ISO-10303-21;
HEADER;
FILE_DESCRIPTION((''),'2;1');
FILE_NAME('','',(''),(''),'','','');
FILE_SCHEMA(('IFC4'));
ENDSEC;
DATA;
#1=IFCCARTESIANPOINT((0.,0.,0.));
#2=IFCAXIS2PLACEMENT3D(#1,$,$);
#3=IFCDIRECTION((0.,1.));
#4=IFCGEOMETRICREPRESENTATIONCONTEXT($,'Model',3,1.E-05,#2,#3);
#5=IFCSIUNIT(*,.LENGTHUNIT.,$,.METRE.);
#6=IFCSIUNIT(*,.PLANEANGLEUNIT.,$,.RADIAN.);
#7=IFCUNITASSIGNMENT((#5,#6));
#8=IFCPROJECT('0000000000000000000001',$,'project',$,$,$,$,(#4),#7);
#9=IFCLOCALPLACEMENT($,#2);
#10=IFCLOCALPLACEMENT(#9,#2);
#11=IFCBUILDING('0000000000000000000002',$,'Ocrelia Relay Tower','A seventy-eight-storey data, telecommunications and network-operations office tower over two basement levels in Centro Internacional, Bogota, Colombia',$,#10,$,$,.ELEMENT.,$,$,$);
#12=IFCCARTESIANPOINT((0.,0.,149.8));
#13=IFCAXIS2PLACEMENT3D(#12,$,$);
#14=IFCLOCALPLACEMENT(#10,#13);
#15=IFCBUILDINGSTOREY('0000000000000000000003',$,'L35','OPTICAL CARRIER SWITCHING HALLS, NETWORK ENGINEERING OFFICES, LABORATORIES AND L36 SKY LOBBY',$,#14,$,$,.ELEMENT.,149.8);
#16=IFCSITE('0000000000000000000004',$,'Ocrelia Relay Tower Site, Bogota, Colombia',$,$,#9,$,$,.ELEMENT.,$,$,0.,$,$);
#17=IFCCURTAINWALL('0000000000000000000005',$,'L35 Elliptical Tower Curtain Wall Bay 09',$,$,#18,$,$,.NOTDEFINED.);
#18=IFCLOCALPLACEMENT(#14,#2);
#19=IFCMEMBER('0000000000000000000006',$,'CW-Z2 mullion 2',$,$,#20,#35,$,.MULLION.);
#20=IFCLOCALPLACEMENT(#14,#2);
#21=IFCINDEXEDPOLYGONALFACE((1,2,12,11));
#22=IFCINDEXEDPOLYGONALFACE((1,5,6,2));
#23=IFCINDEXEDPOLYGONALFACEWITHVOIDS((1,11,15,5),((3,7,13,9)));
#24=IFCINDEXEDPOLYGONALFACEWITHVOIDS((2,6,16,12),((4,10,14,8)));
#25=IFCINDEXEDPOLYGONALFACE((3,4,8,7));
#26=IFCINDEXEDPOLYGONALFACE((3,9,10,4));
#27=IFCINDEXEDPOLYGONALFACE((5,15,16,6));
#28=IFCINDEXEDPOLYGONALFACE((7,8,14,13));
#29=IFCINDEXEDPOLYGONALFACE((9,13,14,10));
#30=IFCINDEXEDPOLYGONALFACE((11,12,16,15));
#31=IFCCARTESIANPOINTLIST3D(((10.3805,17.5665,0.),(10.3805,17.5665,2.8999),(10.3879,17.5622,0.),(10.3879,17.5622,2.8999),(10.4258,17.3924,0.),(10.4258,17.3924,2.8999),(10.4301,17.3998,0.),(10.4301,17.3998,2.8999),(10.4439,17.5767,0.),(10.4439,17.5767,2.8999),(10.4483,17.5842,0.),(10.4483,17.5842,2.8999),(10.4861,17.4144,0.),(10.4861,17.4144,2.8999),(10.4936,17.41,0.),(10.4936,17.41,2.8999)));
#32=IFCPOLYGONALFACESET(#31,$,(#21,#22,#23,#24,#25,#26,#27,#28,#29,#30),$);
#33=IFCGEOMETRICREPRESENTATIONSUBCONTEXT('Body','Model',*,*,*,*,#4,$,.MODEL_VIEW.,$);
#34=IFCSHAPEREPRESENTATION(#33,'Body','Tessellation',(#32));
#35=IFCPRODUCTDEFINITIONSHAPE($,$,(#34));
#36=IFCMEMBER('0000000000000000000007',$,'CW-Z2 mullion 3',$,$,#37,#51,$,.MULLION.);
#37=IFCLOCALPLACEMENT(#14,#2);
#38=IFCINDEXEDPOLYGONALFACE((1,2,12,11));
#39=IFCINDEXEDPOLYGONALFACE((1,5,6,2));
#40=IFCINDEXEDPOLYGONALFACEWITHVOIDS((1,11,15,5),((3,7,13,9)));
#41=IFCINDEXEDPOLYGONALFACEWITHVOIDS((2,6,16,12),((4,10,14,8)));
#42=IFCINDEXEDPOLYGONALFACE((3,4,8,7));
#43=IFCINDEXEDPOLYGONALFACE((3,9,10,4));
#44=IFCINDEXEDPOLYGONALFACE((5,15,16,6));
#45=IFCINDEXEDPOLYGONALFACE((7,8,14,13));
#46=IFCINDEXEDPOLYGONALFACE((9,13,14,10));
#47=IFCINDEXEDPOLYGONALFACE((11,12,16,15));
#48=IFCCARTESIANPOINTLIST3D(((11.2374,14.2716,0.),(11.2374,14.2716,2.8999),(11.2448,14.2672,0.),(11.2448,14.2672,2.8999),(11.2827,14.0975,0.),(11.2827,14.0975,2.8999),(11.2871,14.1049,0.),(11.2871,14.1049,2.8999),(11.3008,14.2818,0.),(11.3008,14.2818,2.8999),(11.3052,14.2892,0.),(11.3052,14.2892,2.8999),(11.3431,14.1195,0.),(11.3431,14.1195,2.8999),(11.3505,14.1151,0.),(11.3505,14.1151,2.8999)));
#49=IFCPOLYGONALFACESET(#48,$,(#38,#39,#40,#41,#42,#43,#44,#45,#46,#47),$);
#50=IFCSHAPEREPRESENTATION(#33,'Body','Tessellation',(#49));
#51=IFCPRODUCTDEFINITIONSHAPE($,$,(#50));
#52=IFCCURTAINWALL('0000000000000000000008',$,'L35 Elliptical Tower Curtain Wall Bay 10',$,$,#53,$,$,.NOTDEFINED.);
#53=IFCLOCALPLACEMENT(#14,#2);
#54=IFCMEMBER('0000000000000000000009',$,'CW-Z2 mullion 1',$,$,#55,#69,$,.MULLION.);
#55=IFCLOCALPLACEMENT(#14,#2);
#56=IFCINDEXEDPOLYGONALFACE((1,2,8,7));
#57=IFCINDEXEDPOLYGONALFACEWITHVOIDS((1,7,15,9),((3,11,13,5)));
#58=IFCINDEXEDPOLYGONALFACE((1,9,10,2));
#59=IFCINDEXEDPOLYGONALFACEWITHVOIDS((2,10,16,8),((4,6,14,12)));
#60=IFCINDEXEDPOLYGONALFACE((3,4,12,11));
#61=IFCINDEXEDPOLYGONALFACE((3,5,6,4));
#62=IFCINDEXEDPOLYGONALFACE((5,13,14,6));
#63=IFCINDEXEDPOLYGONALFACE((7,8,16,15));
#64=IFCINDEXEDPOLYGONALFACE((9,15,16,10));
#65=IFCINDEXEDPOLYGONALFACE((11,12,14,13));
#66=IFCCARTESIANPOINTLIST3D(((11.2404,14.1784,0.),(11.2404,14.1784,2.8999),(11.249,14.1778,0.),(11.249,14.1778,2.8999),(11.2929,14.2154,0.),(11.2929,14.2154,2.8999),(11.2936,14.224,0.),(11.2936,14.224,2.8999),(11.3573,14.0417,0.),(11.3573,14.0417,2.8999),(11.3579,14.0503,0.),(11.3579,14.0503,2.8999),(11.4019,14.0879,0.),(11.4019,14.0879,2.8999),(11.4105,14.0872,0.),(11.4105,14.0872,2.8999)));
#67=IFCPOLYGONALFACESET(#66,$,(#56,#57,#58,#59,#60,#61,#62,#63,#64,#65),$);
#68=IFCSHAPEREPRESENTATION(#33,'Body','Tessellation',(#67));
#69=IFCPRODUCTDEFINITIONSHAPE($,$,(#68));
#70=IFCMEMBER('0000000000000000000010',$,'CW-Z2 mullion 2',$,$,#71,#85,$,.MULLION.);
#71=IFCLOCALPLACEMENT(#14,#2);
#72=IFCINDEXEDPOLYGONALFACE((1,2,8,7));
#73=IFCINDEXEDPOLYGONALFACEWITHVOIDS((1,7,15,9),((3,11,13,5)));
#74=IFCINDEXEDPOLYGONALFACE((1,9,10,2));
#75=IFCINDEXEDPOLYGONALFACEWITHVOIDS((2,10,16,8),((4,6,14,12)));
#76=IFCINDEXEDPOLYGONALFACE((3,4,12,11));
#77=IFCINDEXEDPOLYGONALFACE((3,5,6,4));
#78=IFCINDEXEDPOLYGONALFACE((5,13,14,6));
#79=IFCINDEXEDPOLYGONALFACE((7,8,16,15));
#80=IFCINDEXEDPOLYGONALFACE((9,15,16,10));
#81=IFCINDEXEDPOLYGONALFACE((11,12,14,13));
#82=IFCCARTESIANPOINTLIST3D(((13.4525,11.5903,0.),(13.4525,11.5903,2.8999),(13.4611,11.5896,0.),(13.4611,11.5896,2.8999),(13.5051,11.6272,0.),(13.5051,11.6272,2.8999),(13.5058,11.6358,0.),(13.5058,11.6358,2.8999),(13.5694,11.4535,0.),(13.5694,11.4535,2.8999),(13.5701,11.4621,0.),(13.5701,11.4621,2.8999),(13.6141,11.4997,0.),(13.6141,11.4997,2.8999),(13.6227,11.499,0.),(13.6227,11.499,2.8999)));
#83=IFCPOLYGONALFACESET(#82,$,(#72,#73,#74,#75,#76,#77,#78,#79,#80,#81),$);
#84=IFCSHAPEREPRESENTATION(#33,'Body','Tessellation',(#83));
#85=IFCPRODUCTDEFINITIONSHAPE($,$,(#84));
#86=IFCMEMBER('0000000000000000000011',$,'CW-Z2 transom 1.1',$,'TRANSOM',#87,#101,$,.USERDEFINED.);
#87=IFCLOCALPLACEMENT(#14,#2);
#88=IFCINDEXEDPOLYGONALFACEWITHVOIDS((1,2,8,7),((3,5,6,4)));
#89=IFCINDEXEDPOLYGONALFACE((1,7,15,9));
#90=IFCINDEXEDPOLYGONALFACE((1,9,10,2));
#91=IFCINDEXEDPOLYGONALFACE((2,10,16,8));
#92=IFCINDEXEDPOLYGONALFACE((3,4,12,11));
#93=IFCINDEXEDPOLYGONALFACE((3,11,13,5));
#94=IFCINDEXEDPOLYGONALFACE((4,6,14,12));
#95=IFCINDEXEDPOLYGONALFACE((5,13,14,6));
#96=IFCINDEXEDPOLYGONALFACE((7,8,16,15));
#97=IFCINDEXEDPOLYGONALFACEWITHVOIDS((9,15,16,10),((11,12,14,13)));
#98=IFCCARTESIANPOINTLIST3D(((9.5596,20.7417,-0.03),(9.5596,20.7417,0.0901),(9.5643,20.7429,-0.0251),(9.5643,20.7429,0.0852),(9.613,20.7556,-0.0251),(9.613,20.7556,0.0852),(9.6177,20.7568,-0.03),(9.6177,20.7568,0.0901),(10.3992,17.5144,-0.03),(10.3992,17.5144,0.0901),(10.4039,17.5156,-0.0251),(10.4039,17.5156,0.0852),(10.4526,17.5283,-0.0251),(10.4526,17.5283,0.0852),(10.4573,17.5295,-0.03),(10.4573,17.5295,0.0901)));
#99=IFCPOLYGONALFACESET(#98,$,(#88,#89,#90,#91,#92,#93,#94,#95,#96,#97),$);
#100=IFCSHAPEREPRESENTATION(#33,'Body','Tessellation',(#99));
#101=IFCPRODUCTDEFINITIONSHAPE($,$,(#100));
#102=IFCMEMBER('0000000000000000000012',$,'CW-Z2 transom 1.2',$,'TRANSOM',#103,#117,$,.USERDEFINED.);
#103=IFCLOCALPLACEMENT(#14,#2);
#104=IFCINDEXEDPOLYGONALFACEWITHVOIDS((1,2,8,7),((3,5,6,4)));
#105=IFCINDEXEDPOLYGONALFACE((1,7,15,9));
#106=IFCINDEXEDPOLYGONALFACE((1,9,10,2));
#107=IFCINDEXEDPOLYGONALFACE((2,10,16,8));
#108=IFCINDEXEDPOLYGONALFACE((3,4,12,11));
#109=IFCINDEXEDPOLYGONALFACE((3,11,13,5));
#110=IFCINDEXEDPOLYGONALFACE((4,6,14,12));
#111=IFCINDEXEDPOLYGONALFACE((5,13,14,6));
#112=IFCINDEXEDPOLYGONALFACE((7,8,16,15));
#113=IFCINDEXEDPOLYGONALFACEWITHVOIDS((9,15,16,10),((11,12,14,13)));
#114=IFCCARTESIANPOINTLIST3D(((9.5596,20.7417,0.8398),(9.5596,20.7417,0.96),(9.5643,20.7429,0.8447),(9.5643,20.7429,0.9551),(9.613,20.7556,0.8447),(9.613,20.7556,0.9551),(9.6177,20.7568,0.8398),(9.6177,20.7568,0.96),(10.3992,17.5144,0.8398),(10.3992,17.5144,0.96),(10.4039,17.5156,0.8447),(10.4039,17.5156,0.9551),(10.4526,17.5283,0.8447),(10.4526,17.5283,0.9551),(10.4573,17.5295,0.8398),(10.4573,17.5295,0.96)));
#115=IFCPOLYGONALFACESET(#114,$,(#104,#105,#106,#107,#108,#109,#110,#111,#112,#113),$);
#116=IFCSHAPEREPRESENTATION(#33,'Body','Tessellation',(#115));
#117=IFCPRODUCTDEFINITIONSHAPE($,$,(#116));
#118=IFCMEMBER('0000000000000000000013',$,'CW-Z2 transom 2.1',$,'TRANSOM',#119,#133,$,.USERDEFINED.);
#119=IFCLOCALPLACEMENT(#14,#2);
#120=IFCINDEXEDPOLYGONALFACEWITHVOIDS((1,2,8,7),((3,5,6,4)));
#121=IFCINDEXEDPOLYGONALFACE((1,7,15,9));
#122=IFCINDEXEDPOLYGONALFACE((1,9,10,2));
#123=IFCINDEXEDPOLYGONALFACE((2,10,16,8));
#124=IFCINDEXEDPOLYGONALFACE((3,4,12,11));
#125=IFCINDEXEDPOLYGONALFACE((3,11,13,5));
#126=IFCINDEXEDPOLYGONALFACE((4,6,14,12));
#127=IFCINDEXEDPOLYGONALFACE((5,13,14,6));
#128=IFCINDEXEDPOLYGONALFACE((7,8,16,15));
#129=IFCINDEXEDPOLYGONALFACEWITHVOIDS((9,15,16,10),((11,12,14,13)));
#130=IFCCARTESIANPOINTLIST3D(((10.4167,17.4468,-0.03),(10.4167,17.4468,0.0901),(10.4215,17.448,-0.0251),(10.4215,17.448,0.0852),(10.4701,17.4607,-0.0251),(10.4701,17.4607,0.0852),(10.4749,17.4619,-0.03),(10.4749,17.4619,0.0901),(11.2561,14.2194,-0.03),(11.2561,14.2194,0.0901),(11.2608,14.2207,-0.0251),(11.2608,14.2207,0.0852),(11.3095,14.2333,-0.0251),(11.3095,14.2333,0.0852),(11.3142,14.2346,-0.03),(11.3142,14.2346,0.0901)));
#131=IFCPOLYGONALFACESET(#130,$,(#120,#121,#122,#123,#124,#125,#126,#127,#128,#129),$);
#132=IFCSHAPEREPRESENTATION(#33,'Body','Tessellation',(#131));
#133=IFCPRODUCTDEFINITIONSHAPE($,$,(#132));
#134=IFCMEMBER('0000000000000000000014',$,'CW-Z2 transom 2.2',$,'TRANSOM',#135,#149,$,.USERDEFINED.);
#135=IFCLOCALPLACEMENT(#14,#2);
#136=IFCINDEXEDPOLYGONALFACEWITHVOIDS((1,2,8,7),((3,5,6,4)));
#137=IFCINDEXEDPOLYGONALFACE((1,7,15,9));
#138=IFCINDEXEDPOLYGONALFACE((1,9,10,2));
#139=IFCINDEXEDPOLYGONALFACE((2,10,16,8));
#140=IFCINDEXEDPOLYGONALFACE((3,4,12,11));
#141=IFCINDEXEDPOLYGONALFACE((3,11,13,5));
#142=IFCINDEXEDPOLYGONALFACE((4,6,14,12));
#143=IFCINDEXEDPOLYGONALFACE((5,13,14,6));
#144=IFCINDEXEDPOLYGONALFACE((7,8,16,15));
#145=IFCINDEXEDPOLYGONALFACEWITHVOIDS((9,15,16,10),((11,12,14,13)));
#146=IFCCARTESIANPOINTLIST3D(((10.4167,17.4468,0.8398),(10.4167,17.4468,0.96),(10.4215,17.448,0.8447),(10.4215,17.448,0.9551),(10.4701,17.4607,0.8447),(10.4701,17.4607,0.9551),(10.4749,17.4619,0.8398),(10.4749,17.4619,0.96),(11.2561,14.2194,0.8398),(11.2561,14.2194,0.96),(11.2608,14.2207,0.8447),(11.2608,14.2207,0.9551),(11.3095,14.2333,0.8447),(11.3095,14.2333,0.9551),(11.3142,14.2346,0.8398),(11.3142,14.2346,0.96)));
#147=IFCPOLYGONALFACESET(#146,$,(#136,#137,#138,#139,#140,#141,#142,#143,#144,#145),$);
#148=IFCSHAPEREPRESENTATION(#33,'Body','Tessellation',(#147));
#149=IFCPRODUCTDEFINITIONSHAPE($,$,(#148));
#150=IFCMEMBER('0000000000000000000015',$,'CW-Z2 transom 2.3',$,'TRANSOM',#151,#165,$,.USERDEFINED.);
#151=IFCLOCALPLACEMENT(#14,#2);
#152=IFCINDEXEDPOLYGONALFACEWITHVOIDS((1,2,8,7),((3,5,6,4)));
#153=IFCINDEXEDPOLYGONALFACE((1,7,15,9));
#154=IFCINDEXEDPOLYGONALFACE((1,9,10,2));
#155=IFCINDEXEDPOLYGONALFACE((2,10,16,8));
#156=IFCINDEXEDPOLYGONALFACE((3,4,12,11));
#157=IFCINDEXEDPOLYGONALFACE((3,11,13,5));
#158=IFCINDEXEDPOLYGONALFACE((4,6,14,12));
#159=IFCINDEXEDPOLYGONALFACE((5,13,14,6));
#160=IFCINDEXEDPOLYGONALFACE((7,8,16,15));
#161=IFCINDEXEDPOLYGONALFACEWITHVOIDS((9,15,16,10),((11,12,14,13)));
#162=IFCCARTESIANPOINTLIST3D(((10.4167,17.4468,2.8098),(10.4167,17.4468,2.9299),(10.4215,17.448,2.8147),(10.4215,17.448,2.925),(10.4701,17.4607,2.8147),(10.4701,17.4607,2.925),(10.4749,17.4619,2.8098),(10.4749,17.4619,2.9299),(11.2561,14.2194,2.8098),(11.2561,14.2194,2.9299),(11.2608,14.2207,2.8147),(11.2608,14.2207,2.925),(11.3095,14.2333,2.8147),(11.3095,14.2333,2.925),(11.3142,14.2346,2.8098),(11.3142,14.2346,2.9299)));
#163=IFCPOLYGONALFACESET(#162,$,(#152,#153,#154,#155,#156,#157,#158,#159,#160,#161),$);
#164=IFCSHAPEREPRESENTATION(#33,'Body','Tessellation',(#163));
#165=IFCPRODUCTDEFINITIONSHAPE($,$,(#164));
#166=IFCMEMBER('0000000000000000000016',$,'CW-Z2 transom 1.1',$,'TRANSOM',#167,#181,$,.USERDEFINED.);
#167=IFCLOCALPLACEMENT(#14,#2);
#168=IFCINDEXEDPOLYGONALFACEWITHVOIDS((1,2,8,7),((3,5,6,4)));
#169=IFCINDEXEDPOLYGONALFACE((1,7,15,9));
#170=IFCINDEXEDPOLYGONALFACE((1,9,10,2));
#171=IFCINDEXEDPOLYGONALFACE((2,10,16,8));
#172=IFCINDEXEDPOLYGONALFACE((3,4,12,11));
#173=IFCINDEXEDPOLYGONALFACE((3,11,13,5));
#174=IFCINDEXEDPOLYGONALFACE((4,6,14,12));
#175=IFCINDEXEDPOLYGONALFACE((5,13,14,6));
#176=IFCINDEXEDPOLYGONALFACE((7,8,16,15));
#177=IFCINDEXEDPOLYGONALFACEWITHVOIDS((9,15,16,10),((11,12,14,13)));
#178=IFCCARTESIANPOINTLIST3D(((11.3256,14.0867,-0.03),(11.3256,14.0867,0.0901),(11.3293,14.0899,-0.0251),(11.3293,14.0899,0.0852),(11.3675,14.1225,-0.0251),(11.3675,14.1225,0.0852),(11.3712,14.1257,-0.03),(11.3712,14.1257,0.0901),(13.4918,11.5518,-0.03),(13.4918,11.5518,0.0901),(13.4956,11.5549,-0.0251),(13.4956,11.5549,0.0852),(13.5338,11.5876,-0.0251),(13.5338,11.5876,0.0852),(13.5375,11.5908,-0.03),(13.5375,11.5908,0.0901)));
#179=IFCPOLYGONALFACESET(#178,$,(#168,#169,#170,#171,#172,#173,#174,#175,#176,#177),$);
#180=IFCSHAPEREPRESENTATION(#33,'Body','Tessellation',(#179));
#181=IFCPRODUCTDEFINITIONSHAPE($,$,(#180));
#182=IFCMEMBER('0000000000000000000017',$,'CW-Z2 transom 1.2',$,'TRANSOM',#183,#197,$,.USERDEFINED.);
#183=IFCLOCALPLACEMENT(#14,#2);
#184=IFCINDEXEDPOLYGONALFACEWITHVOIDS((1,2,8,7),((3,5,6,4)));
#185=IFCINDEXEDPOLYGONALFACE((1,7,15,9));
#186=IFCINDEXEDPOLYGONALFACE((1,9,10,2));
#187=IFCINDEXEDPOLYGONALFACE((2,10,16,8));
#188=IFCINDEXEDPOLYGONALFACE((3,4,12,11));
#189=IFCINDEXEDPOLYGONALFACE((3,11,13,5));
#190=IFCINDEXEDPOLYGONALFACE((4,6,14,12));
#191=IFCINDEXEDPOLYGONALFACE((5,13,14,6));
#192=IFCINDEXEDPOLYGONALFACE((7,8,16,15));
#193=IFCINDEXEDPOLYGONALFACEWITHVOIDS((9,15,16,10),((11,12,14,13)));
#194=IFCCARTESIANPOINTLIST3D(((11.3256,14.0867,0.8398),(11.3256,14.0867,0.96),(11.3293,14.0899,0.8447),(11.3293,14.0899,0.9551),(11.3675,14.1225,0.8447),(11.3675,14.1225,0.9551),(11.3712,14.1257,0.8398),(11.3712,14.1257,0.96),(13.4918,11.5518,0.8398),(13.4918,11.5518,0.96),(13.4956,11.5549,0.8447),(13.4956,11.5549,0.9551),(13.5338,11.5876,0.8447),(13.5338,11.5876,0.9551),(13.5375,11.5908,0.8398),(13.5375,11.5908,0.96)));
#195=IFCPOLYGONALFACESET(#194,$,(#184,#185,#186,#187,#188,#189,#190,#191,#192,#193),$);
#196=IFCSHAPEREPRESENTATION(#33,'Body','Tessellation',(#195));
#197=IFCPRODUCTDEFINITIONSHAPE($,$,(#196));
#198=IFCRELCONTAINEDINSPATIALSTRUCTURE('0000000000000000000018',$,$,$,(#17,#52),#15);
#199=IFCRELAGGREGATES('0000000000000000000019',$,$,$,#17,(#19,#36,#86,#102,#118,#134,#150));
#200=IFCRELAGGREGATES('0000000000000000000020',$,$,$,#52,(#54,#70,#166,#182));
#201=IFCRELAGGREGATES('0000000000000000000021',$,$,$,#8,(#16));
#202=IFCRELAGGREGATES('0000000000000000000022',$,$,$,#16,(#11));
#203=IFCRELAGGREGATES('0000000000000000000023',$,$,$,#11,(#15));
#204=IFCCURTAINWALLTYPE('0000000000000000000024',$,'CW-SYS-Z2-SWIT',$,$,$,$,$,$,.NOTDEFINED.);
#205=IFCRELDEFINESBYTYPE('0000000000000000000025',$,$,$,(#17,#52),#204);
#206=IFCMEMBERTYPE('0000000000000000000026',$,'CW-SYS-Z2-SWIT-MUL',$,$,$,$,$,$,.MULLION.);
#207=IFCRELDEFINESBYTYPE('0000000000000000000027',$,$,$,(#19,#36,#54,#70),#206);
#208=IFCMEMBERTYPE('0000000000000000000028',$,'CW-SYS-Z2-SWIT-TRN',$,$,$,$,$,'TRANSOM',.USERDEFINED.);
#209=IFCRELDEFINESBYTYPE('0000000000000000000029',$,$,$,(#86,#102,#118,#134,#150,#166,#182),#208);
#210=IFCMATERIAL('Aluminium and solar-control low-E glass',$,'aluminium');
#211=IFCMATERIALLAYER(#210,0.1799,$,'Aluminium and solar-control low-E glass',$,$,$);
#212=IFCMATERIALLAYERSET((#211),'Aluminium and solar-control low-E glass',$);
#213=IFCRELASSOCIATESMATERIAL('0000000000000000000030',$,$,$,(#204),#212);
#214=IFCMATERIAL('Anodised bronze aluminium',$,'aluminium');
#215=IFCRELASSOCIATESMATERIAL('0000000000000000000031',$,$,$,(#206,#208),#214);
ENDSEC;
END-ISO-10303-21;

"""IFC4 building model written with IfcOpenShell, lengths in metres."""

from ifc_helpers import new_model, si_unit, direction, frame, origin, origin_2d, place, context, subcontext, project, spatial, hollow_rectangle, extrude, material, layer, layer_set, material_profile, profile_set, type_object, element, aggregate, save


model = new_model("IFC4")

# Units and contexts
model_context = context("Model", 3, precision=1e-05, world=origin(), true_north=direction((0.0, 1.0)))
body_context = subcontext(model_context, "Body", "Model", "MODEL_VIEW")
ifc_project = project(units=[si_unit("LENGTHUNIT", "METRE"), si_unit("PLANEANGLEUNIT", "RADIAN")], contexts=[model_context])

# Site, building, storey
site_placement = place(None, origin())
site = spatial("IfcSite", under=ifc_project, at=site_placement, Name="Ocrelia Relay Tower Site, Bogota, Colombia", CompositionType="ELEMENT", RefElevation=0.0)
building_placement = place(site_placement, origin())
building = spatial("IfcBuilding", under=site, at=building_placement, Name="Ocrelia Relay Tower", Description="A seventy-eight-storey data, telecommunications and network-operations office tower over two basement levels in Centro Internacional, Bogota, Colombia", CompositionType="ELEMENT")
storey_placement = place(building_placement, frame((0.0, 0.0, 149.8)))
storey = spatial("IfcBuildingStorey", under=building, at=storey_placement, Name="L35", Description="OPTICAL CARRIER SWITCHING HALLS, NETWORK ENGINEERING OFFICES, LABORATORIES AND L36 SKY LOBBY", CompositionType="ELEMENT", Elevation=149.8)

# Curtain walls, members
ifc_material_1 = material(Name="Aluminium and solar-control low-E glass", Category="aluminium")
ifc_layer_1 = layer(ifc_material_1, 0.1799, Name="Aluminium and solar-control low-E glass")
ifc_layer_set_1 = layer_set([ifc_layer_1], Name="Aluminium and solar-control low-E glass")
curtain_wall_type = type_object("IfcCurtainWallType", Name="CW-SYS-Z2-SWIT", PredefinedType="NOTDEFINED", material=ifc_layer_set_1)
curtain_wall_1_placement = place(storey_placement, origin())
curtain_wall_1 = element("IfcCurtainWall", 1, at=curtain_wall_1_placement, inside=storey, type_object=curtain_wall_type, Name="L35 Elliptical Tower Curtain Wall Bay 09", PredefinedType="NOTDEFINED")
ifc_material_2 = material(Name="Anodised bronze aluminium", Category="aluminium")
ifc_material_profile_1 = material_profile(ifc_material_2, hollow_rectangle(XDim=0.0701, YDim=0.1799, WallThickness=0.0061, at=origin_2d()), Name="CW-MUL-180x70")
ifc_profile_set_1 = profile_set([ifc_material_profile_1], Name="Anodised bronze aluminium")
member_type_1 = type_object("IfcMemberType", Name="CW-SYS-Z2-SWIT-MUL", PredefinedType="MULLION", material=ifc_profile_set_1)
member_1_placement = place(storey_placement, frame((10.437, 17.4883, 0.0), z_axis=(0.0, 0.0, 1.0), x_axis=(0.967797, 0.251732, 0.0)))
member_1 = element("IfcMember", 2, at=member_1_placement, type_object=member_type_1, Name="CW-Z2 mullion 2", PredefinedType="MULLION", context=body_context, shape_type="SweptSolid", body=[
    extrude(hollow_rectangle(XDim=0.0701, YDim=0.1799, WallThickness=0.0061, at=origin_2d()), origin(), (0.0, 0.0, 1.0), 2.8999),
])
member_2_placement = place(storey_placement, frame((11.2939, 14.1934, 0.0), z_axis=(0.0, 0.0, 1.0), x_axis=(0.967797, 0.251732, 0.0)))
member_2 = element("IfcMember", 3, at=member_2_placement, type_object=member_type_1, Name="CW-Z2 mullion 3", PredefinedType="MULLION", context=body_context, shape_type="SweptSolid", body=[
    extrude(hollow_rectangle(XDim=0.0701, YDim=0.1799, WallThickness=0.0061, at=origin_2d()), origin(), (0.0, 0.0, 1.0), 2.8999),
])
curtain_wall_2_placement = place(storey_placement, origin())
curtain_wall_2 = element("IfcCurtainWall", 4, at=curtain_wall_2_placement, inside=storey, type_object=curtain_wall_type, Name="L35 Elliptical Tower Curtain Wall Bay 10", PredefinedType="NOTDEFINED")
member_3_placement = place(storey_placement, frame((11.3254, 14.1328, 0.0), z_axis=(0.0, 0.0, 1.0), x_axis=(0.760185, 0.649706, 0.0)))
member_3 = element("IfcMember", 5, at=member_3_placement, type_object=member_type_1, Name="CW-Z2 mullion 1", PredefinedType="MULLION", context=body_context, shape_type="SweptSolid", body=[
    extrude(hollow_rectangle(XDim=0.0701, YDim=0.1799, WallThickness=0.0061, at=origin_2d()), origin(), (0.0, 0.0, 1.0), 2.8999),
])
member_4_placement = place(storey_placement, frame((13.5376, 11.5447, 0.0), z_axis=(0.0, 0.0, 1.0), x_axis=(0.760185, 0.649706, 0.0)))
member_4 = element("IfcMember", 6, at=member_4_placement, type_object=member_type_1, Name="CW-Z2 mullion 2", PredefinedType="MULLION", context=body_context, shape_type="SweptSolid", body=[
    extrude(hollow_rectangle(XDim=0.0701, YDim=0.1799, WallThickness=0.0061, at=origin_2d()), origin(), (0.0, 0.0, 1.0), 2.8999),
])

# Members
ifc_material_profile_2 = material_profile(ifc_material_2, hollow_rectangle(XDim=0.0601, YDim=0.1201, WallThickness=0.0049, at=origin_2d()), Name="CW-TRN-120x60")
ifc_profile_set_2 = profile_set([ifc_material_profile_2], Name="Anodised bronze aluminium")
member_type_2 = type_object("IfcMemberType", Name="CW-SYS-Z2-SWIT-TRN", ElementType="TRANSOM", PredefinedType="USERDEFINED", material=ifc_profile_set_2)
member_5_placement = place(storey_placement, frame((9.5886, 20.7493, 0.03), z_axis=(0.251775, -0.967786, 0.0), x_axis=(0.967786, 0.251775, 0.0)))
member_5 = element("IfcMember", 7, at=member_5_placement, type_object=member_type_2, Name="CW-Z2 transom 1.1", ObjectType="TRANSOM", PredefinedType="USERDEFINED", context=body_context, shape_type="SweptSolid", body=[
    extrude(hollow_rectangle(XDim=0.0601, YDim=0.1201, WallThickness=0.0049, at=origin_2d()), origin(), (0.0, 0.0, 1.0), 3.3347),
])
member_6_placement = place(storey_placement, frame((9.5886, 20.7493, 0.8999), z_axis=(0.251775, -0.967786, 0.0), x_axis=(0.967786, 0.251775, 0.0)))
member_6 = element("IfcMember", 8, at=member_6_placement, type_object=member_type_2, Name="CW-Z2 transom 1.2", ObjectType="TRANSOM", PredefinedType="USERDEFINED", context=body_context, shape_type="SweptSolid", body=[
    extrude(hollow_rectangle(XDim=0.0601, YDim=0.1201, WallThickness=0.0049, at=origin_2d()), origin(), (0.0, 0.0, 1.0), 3.3347),
])
member_7_placement = place(storey_placement, frame((10.4458, 17.4543, 0.03), z_axis=(0.251707, -0.967804, 0.0), x_axis=(0.967804, 0.251707, 0.0)))
member_7 = element("IfcMember", 9, at=member_7_placement, type_object=member_type_2, Name="CW-Z2 transom 2.1", ObjectType="TRANSOM", PredefinedType="USERDEFINED", context=body_context, shape_type="SweptSolid", body=[
    extrude(hollow_rectangle(XDim=0.0601, YDim=0.1201, WallThickness=0.0049, at=origin_2d()), origin(), (0.0, 0.0, 1.0), 3.3347),
])
member_8_placement = place(storey_placement, frame((10.4458, 17.4543, 0.8999), z_axis=(0.251707, -0.967804, 0.0), x_axis=(0.967804, 0.251707, 0.0)))
member_8 = element("IfcMember", 10, at=member_8_placement, type_object=member_type_2, Name="CW-Z2 transom 2.2", ObjectType="TRANSOM", PredefinedType="USERDEFINED", context=body_context, shape_type="SweptSolid", body=[
    extrude(hollow_rectangle(XDim=0.0601, YDim=0.1201, WallThickness=0.0049, at=origin_2d()), origin(), (0.0, 0.0, 1.0), 3.3347),
])
member_9_placement = place(storey_placement, frame((10.4458, 17.4543, 2.8699), z_axis=(0.251707, -0.967804, 0.0), x_axis=(0.967804, 0.251707, 0.0)))
member_9 = element("IfcMember", 11, at=member_9_placement, type_object=member_type_2, Name="CW-Z2 transom 2.3", ObjectType="TRANSOM", PredefinedType="USERDEFINED", context=body_context, shape_type="SweptSolid", body=[
    extrude(hollow_rectangle(XDim=0.0601, YDim=0.1201, WallThickness=0.0049, at=origin_2d()), origin(), (0.0, 0.0, 1.0), 3.3347),
])
member_10_placement = place(storey_placement, frame((11.3484, 14.1062, 0.03), z_axis=(0.649663, -0.760222, 0.0), x_axis=(0.760222, 0.649663, 0.0)))
member_10 = element("IfcMember", 12, at=member_10_placement, type_object=member_type_2, Name="CW-Z2 transom 1.1", ObjectType="TRANSOM", PredefinedType="USERDEFINED", context=body_context, shape_type="SweptSolid", body=[
    extrude(hollow_rectangle(XDim=0.0601, YDim=0.1201, WallThickness=0.0049, at=origin_2d()), origin(), (0.0, 0.0, 1.0), 3.3345),
])
member_11_placement = place(storey_placement, frame((11.3484, 14.1062, 0.8999), z_axis=(0.649663, -0.760222, 0.0), x_axis=(0.760222, 0.649663, 0.0)))
member_11 = element("IfcMember", 13, at=member_11_placement, type_object=member_type_2, Name="CW-Z2 transom 1.2", ObjectType="TRANSOM", PredefinedType="USERDEFINED", context=body_context, shape_type="SweptSolid", body=[
    extrude(hollow_rectangle(XDim=0.0601, YDim=0.1201, WallThickness=0.0049, at=origin_2d()), origin(), (0.0, 0.0, 1.0), 3.3345),
])

aggregate(curtain_wall_1, [member_1, member_2, member_5, member_6, member_7, member_8, member_9])
aggregate(curtain_wall_2, [member_3, member_4, member_10, member_11])

save(model, "model.ifc")
